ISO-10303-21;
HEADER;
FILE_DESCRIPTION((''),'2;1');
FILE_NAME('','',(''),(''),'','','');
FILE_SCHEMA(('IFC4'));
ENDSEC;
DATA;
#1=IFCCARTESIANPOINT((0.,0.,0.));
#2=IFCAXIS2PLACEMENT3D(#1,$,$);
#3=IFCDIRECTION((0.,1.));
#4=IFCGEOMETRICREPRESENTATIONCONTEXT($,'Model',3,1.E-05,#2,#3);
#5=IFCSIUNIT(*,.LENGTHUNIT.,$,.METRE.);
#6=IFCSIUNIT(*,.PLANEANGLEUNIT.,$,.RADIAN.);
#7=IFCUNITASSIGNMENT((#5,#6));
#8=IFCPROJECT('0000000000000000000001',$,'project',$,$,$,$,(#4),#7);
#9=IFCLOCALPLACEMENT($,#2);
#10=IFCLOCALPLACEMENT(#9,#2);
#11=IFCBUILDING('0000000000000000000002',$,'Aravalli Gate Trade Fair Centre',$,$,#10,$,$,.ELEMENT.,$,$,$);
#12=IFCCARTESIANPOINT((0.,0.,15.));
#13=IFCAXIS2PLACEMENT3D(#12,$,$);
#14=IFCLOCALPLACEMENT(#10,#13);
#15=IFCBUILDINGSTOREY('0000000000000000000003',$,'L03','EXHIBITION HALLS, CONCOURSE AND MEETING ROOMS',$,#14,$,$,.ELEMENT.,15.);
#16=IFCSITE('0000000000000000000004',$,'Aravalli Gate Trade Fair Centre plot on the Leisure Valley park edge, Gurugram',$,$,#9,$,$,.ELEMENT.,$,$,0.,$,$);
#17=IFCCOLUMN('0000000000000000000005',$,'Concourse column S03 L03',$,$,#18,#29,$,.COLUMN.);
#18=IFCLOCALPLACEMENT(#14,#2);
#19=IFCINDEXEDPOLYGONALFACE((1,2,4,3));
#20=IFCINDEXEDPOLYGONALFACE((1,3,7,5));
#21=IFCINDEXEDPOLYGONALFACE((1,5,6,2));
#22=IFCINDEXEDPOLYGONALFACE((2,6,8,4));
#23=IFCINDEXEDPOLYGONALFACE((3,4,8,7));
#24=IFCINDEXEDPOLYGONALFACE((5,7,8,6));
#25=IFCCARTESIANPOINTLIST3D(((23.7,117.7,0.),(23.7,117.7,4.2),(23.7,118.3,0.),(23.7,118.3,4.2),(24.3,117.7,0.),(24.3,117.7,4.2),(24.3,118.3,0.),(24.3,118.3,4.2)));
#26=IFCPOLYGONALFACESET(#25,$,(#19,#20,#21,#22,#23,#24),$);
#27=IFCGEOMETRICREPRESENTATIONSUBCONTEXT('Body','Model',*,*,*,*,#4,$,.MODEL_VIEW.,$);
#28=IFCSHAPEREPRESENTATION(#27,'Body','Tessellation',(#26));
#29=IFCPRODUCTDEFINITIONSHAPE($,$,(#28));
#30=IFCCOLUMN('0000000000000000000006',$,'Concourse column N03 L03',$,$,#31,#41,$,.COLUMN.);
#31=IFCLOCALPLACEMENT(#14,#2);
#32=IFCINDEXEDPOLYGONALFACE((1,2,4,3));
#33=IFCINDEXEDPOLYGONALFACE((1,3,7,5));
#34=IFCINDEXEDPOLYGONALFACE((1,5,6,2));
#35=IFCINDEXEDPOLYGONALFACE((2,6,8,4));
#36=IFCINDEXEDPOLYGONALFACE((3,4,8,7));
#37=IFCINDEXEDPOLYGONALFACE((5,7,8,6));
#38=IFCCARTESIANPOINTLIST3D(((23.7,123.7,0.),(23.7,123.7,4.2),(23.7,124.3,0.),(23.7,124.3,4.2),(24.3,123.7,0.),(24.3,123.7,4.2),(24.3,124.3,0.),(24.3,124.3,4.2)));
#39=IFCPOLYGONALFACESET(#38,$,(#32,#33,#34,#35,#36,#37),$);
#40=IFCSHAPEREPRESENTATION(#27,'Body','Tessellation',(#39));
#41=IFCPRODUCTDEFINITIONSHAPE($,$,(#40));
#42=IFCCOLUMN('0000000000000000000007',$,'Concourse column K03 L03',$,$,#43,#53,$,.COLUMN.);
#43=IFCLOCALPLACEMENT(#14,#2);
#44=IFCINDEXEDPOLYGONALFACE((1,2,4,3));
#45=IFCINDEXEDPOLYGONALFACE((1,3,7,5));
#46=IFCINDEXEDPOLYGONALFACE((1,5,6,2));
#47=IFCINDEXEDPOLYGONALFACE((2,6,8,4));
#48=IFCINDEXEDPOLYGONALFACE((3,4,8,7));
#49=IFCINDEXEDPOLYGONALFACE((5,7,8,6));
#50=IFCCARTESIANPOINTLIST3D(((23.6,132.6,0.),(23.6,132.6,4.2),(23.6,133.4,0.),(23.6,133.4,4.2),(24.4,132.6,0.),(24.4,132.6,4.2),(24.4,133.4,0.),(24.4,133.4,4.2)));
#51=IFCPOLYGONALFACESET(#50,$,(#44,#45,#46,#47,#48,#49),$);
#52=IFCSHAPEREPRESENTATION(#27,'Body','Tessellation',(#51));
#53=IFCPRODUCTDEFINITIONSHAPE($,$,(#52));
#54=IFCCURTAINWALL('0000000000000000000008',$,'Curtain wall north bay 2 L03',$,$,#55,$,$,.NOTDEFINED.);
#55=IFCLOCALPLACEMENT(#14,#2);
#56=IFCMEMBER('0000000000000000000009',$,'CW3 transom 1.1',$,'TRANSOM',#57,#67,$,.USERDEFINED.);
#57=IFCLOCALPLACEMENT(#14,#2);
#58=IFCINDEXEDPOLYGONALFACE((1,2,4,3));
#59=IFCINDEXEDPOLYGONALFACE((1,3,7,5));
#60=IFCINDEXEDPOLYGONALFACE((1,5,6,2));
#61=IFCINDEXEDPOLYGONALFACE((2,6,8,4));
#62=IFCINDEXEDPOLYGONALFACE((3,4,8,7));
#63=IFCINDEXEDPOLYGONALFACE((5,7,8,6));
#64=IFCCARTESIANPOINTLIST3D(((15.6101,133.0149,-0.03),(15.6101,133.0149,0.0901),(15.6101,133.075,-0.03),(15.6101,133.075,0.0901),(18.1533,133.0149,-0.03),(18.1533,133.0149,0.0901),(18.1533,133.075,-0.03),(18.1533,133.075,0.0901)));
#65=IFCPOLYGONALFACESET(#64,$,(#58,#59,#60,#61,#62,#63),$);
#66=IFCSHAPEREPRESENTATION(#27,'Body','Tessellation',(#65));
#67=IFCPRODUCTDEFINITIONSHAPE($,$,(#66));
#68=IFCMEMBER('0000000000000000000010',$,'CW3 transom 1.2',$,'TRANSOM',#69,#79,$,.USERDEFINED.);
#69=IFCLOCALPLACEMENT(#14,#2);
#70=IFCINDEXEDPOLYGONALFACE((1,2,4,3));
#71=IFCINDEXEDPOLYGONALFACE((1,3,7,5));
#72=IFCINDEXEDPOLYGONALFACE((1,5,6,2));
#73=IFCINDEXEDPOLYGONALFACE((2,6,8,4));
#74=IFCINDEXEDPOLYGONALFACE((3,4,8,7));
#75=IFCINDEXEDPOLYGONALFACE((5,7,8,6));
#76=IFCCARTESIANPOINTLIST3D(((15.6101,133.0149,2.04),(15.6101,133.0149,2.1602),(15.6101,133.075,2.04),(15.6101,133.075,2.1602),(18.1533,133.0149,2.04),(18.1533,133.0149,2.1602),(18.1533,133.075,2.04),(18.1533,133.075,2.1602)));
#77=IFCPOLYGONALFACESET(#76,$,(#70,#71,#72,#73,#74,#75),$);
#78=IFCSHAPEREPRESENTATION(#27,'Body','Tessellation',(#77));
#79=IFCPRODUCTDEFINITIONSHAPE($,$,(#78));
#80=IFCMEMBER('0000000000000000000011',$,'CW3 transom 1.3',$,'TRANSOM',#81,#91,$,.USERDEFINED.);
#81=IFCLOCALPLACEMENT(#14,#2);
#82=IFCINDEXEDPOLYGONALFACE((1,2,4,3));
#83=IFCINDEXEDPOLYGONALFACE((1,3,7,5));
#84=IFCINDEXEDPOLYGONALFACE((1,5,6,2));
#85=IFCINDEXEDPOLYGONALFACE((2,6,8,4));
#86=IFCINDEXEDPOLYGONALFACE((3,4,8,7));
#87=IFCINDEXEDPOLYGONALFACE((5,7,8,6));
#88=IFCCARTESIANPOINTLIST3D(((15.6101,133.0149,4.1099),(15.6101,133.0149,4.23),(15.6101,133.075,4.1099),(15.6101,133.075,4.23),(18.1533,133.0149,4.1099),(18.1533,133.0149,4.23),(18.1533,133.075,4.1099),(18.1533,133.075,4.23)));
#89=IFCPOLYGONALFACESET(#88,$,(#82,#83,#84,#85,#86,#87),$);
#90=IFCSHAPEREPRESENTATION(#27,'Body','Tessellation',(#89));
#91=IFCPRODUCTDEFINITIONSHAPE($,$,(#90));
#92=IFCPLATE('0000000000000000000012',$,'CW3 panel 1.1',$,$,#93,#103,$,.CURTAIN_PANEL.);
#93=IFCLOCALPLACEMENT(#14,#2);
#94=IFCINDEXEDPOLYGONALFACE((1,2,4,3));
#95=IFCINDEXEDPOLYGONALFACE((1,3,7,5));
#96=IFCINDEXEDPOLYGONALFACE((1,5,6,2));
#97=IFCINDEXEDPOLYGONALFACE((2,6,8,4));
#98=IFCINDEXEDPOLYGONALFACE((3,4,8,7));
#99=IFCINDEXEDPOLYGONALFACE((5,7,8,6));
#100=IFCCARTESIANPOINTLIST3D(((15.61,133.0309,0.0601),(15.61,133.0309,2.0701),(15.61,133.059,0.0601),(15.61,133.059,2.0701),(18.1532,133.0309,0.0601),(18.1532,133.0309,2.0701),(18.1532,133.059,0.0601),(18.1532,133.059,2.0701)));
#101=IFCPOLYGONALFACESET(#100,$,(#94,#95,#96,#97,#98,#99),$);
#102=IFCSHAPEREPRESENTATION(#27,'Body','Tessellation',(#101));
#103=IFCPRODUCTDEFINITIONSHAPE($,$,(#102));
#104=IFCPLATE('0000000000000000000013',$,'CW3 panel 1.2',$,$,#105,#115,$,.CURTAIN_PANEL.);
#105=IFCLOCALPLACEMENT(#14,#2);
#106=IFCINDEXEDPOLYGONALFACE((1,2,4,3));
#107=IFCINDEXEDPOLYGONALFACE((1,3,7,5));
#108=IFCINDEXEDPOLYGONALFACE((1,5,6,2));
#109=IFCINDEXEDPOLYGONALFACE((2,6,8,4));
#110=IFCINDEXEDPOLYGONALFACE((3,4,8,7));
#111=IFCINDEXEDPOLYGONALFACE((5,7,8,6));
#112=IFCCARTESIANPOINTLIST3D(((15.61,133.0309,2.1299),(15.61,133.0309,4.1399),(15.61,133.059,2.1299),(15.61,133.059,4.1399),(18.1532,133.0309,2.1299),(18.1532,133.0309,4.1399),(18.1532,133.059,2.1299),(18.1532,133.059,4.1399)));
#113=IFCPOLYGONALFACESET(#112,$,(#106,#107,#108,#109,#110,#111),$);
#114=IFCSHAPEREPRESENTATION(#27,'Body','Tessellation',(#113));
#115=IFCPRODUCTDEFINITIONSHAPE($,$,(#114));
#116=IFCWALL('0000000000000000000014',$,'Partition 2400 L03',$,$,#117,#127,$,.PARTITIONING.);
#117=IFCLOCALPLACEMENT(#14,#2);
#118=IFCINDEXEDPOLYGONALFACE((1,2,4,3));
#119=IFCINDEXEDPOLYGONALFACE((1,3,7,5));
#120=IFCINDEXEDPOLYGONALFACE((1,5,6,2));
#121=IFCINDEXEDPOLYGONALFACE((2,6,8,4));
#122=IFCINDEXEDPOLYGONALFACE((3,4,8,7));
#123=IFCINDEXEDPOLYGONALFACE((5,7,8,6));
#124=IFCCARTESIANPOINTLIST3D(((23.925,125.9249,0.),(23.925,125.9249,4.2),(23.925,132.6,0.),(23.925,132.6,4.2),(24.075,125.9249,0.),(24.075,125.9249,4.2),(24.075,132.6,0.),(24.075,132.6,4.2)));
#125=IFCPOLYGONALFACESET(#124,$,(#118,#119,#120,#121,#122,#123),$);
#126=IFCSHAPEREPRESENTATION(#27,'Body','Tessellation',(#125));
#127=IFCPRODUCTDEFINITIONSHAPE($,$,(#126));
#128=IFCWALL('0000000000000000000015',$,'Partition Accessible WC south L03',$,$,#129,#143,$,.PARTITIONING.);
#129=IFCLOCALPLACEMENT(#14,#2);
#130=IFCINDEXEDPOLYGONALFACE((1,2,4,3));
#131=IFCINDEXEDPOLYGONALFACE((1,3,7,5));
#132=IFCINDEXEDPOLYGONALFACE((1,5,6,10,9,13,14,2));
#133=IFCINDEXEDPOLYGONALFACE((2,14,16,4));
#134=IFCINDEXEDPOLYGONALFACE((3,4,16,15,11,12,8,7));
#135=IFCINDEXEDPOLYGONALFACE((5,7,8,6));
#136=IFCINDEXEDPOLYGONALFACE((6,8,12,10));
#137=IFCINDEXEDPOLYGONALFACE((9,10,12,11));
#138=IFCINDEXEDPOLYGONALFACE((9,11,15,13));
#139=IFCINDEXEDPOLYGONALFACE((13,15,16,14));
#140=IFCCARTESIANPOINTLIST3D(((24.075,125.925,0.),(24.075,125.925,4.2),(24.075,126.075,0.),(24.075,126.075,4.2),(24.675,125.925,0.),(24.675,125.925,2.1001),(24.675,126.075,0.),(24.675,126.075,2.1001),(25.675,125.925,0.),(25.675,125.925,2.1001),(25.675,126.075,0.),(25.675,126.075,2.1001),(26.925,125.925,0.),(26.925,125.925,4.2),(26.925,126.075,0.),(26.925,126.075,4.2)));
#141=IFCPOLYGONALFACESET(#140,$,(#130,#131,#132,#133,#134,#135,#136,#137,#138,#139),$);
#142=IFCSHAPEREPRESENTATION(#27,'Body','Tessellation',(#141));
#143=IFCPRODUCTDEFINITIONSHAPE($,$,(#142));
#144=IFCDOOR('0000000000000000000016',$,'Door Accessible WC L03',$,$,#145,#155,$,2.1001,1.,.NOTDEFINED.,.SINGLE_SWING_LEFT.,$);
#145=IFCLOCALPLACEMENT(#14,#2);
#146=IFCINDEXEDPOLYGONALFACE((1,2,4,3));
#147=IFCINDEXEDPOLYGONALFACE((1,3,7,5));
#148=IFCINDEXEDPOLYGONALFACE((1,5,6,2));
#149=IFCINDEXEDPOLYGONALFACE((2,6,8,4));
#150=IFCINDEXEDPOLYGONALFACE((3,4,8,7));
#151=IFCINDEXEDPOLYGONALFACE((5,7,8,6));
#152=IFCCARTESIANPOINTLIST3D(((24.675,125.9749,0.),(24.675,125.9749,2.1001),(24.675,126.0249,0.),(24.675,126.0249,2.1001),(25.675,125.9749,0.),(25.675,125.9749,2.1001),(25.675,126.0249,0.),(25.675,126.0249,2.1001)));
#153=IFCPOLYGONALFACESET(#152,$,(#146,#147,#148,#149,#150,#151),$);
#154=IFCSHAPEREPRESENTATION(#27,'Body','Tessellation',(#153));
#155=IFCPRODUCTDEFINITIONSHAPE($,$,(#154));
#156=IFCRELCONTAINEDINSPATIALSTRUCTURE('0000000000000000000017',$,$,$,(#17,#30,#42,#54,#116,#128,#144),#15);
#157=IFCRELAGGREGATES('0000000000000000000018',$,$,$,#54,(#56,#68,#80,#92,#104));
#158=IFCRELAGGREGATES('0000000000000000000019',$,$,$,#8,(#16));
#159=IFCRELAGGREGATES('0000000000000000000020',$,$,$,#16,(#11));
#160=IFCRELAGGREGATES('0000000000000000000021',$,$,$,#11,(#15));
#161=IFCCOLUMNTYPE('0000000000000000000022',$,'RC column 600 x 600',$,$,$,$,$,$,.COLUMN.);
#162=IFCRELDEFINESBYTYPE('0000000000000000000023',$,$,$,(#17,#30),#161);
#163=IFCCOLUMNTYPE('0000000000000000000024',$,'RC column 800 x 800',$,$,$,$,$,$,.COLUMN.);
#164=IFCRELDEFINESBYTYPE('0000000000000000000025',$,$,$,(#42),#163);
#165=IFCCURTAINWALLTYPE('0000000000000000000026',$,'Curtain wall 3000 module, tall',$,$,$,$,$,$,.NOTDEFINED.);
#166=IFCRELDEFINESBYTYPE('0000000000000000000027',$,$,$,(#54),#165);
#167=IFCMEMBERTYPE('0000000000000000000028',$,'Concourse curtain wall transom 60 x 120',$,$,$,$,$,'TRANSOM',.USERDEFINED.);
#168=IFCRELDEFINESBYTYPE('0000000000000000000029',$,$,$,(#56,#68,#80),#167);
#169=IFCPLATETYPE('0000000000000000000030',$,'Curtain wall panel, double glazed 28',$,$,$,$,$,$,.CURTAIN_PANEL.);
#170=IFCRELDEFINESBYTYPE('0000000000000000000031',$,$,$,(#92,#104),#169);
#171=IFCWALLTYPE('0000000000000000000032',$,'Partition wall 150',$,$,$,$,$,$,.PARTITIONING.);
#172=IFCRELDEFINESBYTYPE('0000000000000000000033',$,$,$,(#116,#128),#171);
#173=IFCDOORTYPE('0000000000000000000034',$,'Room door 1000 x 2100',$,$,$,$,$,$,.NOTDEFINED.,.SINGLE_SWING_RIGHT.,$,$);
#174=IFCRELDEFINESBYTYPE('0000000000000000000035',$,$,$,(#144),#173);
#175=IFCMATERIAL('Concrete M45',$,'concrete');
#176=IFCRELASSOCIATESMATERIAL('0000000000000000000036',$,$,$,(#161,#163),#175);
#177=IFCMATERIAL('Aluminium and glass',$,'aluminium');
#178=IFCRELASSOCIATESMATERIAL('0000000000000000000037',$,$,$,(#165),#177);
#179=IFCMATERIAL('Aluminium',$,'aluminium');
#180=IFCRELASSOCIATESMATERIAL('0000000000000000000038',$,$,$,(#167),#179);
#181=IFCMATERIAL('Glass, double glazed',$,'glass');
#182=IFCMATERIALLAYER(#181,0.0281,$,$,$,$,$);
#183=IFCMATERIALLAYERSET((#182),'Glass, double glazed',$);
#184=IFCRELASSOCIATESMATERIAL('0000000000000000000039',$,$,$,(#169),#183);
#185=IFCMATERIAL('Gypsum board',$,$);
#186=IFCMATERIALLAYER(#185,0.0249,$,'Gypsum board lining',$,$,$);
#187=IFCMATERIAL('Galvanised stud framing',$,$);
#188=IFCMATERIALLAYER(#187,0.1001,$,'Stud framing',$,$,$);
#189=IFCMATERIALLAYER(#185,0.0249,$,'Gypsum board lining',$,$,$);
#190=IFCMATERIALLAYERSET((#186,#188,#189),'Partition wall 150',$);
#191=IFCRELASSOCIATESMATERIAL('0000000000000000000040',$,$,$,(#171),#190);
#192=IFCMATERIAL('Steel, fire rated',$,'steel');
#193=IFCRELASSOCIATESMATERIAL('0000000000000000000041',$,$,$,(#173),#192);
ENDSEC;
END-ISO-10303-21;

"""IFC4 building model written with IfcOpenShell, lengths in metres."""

from ifc_helpers import new_model, si_unit, direction, frame, frame_2d, origin, origin_2d, place, context, subcontext, project, spatial, rectangle, extrude, material, layer, layer_set, material_profile, profile_set, type_object, element, fill, aggregate, save


model = new_model("IFC4")

# Units and contexts
model_context = context("Model", 3, precision=1e-05, world=origin(), true_north=direction((0.0, 1.0)))
body_context = subcontext(model_context, "Body", "Model", "MODEL_VIEW")
ifc_project = project(units=[si_unit("LENGTHUNIT", "METRE"), si_unit("PLANEANGLEUNIT", "RADIAN")], contexts=[model_context])

# Site, building, storey
site_placement = place(None, origin())
site = spatial("IfcSite", under=ifc_project, at=site_placement, Name="Aravalli Gate Trade Fair Centre plot on the Leisure Valley park edge, Gurugram", CompositionType="ELEMENT", RefElevation=0.0)
building_placement = place(site_placement, origin())
building = spatial("IfcBuilding", under=site, at=building_placement, Name="Aravalli Gate Trade Fair Centre", CompositionType="ELEMENT")
storey_placement = place(building_placement, frame((0.0, 0.0, 15.0)))
storey = spatial("IfcBuildingStorey", under=building, at=storey_placement, Name="L03", Description="EXHIBITION HALLS, CONCOURSE AND MEETING ROOMS", CompositionType="ELEMENT", Elevation=15.0)

# Columns
ifc_material_1 = material(Name="Concrete M45", Category="concrete")
ifc_material_profile_1 = material_profile(ifc_material_1, rectangle(XDim=0.6001, YDim=0.6001, at=origin_2d()), Name="RC column 600 x 600")
ifc_profile_set_1 = profile_set([ifc_material_profile_1], Name="Concrete M45")
column_type_1 = type_object("IfcColumnType", Name="RC column 600 x 600", PredefinedType="COLUMN", material=ifc_profile_set_1)
for number, where, z_axis, x_axis, name in (
    (1, (24.0, 118.0, 0.0), (0.0, 0.0, 1.0), (1.0, 0.0, 0.0), "Concourse column S03 L03"),
    (2, (24.0, 124.0, 0.0), (0.0, 0.0, 1.0), (1.0, 0.0, 0.0), "Concourse column N03 L03"),
):
    element("IfcColumn", number, at=place(storey_placement, frame(where, z_axis=z_axis, x_axis=x_axis)), inside=storey, type_object=column_type_1, Name=name, PredefinedType="COLUMN", context=body_context, shape_type="SweptSolid", body=[
        extrude(rectangle(XDim=0.6001, YDim=0.6001, at=origin_2d()), origin(), (0.0, 0.0, 1.0), 4.2),
    ])
ifc_material_profile_2 = material_profile(ifc_material_1, rectangle(XDim=0.8, YDim=0.8, at=origin_2d()), Name="RC column 800 x 800")
ifc_profile_set_2 = profile_set([ifc_material_profile_2], Name="Concrete M45")
column_type_2 = type_object("IfcColumnType", Name="RC column 800 x 800", PredefinedType="COLUMN", material=ifc_profile_set_2)
column_placement = place(storey_placement, frame((24.0, 133.0, 0.0), z_axis=(0.0, 0.0, 1.0), x_axis=(1.0, 0.0, 0.0)))
element("IfcColumn", 3, at=column_placement, inside=storey, type_object=column_type_2, Name="Concourse column K03 L03", PredefinedType="COLUMN", context=body_context, shape_type="SweptSolid", body=[
    extrude(rectangle(XDim=0.8, YDim=0.8, at=origin_2d()), origin(), (0.0, 0.0, 1.0), 4.2),
])

# Curtain wall, members, plates
ifc_material_2 = material(Name="Aluminium and glass", Category="aluminium")
curtain_wall_type = type_object("IfcCurtainWallType", Name="Curtain wall 3000 module, tall", PredefinedType="NOTDEFINED", material=ifc_material_2)
curtain_wall_placement = place(storey_placement, origin())
curtain_wall = element("IfcCurtainWall", 4, at=curtain_wall_placement, inside=storey, type_object=curtain_wall_type, Name="Curtain wall north bay 2 L03", PredefinedType="NOTDEFINED")
ifc_material_3 = material(Name="Aluminium", Category="aluminium")
ifc_material_profile_3 = material_profile(ifc_material_3, rectangle(XDim=0.0601, YDim=0.1201, at=origin_2d()), Name="Concourse curtain wall transom 60 x 120")
ifc_profile_set_3 = profile_set([ifc_material_profile_3], Name="Aluminium")
member_type = type_object("IfcMemberType", Name="Concourse curtain wall transom 60 x 120", ElementType="TRANSOM", PredefinedType="USERDEFINED", material=ifc_profile_set_3)
member_1_placement = place(storey_placement, frame((15.6101, 133.0449, 0.03), z_axis=(1.0, 0.0, 0.0), x_axis=(0.0, 1.0, 0.0)))
member_1 = element("IfcMember", 5, at=member_1_placement, type_object=member_type, Name="CW3 transom 1.1", ObjectType="TRANSOM", PredefinedType="USERDEFINED", context=body_context, shape_type="SweptSolid", body=[
    extrude(rectangle(XDim=0.0601, YDim=0.1201, at=origin_2d()), origin(), (0.0, 0.0, 1.0), 2.5432),
])
member_2_placement = place(storey_placement, frame((15.6101, 133.0449, 2.1001), z_axis=(1.0, 0.0, 0.0), x_axis=(0.0, 1.0, 0.0)))
member_2 = element("IfcMember", 6, at=member_2_placement, type_object=member_type, Name="CW3 transom 1.2", ObjectType="TRANSOM", PredefinedType="USERDEFINED", context=body_context, shape_type="SweptSolid", body=[
    extrude(rectangle(XDim=0.0601, YDim=0.1201, at=origin_2d()), origin(), (0.0, 0.0, 1.0), 2.5432),
])
member_3_placement = place(storey_placement, frame((15.6101, 133.0449, 4.1699), z_axis=(1.0, 0.0, 0.0), x_axis=(0.0, 1.0, 0.0)))
member_3 = element("IfcMember", 7, at=member_3_placement, type_object=member_type, Name="CW3 transom 1.3", ObjectType="TRANSOM", PredefinedType="USERDEFINED", context=body_context, shape_type="SweptSolid", body=[
    extrude(rectangle(XDim=0.0601, YDim=0.1201, at=origin_2d()), origin(), (0.0, 0.0, 1.0), 2.5432),
])
ifc_material_4 = material(Name="Glass, double glazed", Category="glass")
ifc_layer_1 = layer(ifc_material_4, 0.0281)
ifc_layer_set_1 = layer_set([ifc_layer_1], Name="Glass, double glazed")
plate_type = type_object("IfcPlateType", Name="Curtain wall panel, double glazed 28", PredefinedType="CURTAIN_PANEL", material=ifc_layer_set_1)
plate_1_placement = place(storey_placement, frame((16.8816, 133.0449, 0.0601), z_axis=(0.0, 0.0, 1.0), x_axis=(1.0, 0.0, 0.0)))
plate_1 = element("IfcPlate", 8, at=plate_1_placement, type_object=plate_type, Name="CW3 panel 1.1", PredefinedType="CURTAIN_PANEL", context=body_context, shape_type="SweptSolid", body=[
    extrude(rectangle(XDim=2.5432, YDim=0.0281, at=origin_2d()), origin(), (0.0, 0.0, 1.0), 2.01),
])
plate_2_placement = place(storey_placement, frame((16.8816, 133.0449, 2.1299), z_axis=(0.0, 0.0, 1.0), x_axis=(1.0, 0.0, 0.0)))
plate_2 = element("IfcPlate", 9, at=plate_2_placement, type_object=plate_type, Name="CW3 panel 1.2", PredefinedType="CURTAIN_PANEL", context=body_context, shape_type="SweptSolid", body=[
    extrude(rectangle(XDim=2.5432, YDim=0.0281, at=origin_2d()), origin(), (0.0, 0.0, 1.0), 2.01),
])
aggregate(curtain_wall, [member_1, member_2, member_3, plate_1, plate_2])

# Wall
ifc_material_5 = material(Name="Gypsum board")
ifc_layer_2 = layer(ifc_material_5, 0.0249, Name="Gypsum board lining")
ifc_material_6 = material(Name="Galvanised stud framing")
ifc_layer_3 = layer(ifc_material_6, 0.1001, Name="Stud framing")
ifc_layer_4 = layer(ifc_material_5, 0.0249, Name="Gypsum board lining")
ifc_layer_set_2 = layer_set([ifc_layer_2, ifc_layer_3, ifc_layer_4], Name="Partition wall 150")
wall_type_1 = type_object("IfcWallType", Name="Partition wall 150", PredefinedType="PARTITIONING", material=ifc_layer_set_2)
wall_1_placement = place(storey_placement, frame((24.0, 125.925, 0.0), z_axis=(0.0, 0.0, 1.0), x_axis=(0.0, 1.0, 0.0)))
element("IfcWall", 10, at=wall_1_placement, inside=storey, type_object=wall_type_1, Name="Partition 2400 L03", PredefinedType="PARTITIONING", context=body_context, shape_type="SweptSolid", body=[
    extrude(rectangle(XDim=6.675, YDim=0.1499, at=frame_2d((3.3374, 0.0))), origin(), (0.0, 0.0, 1.0), 4.2),
])

# Wall, opening, door
wall_2_placement = place(storey_placement, frame((24.075, 126.0, 0.0), z_axis=(0.0, 0.0, 1.0), x_axis=(1.0, 0.0, 0.0)))
wall_2 = element("IfcWall", 11, at=wall_2_placement, inside=storey, type_object=wall_type_1, Name="Partition Accessible WC south L03", PredefinedType="PARTITIONING", context=body_context, shape_type="SweptSolid", body=[
    extrude(rectangle(XDim=2.8501, YDim=0.1499, at=frame_2d((1.425, 0.0))), origin(), (0.0, 0.0, 1.0), 4.2),
])
opening_1_placement = place(wall_2_placement, frame((0.6001, 0.0, 0.0)))
opening_1 = element("IfcOpeningElement", 12, at=opening_1_placement, cuts=wall_2, PredefinedType="OPENING", context=body_context, shape_type="SweptSolid", body=[
    extrude(rectangle(XDim=1.0, YDim=2.1001, at=frame_2d((0.5, 1.05))), frame((0.0, 0.085, 0.0), z_axis=(0.0, -1.0, 0.0), x_axis=(1.0, 0.0, 0.0)), (0.0, 0.0, 1.0), 0.1699),
])
ifc_material_7 = material(Name="Steel, fire rated", Category="steel")
door_type_1 = type_object("IfcDoorType", Name="Room door 1000 x 2100", OperationType="SINGLE_SWING_RIGHT", PredefinedType="NOTDEFINED", material=ifc_material_7)
door_1_placement = place(opening_1_placement, origin())
door_1 = element("IfcDoor", 13, at=door_1_placement, inside=storey, type_object=door_type_1, Name="Door Accessible WC L03", OperationType="SINGLE_SWING_LEFT", OverallHeight=2.1001, OverallWidth=1.0, PredefinedType="NOTDEFINED", context=body_context, shape_type="SweptSolid", body=[
    extrude(rectangle(XDim=1.0, YDim=2.1001, at=frame_2d((0.5, 1.05))), frame((0.0, 0.0249, 0.0), z_axis=(0.0, -1.0, 0.0), x_axis=(1.0, 0.0, 0.0)), (0.0, 0.0, 1.0), 0.05),
])
fill(opening_1, door_1)

save(model, "model.ifc")
